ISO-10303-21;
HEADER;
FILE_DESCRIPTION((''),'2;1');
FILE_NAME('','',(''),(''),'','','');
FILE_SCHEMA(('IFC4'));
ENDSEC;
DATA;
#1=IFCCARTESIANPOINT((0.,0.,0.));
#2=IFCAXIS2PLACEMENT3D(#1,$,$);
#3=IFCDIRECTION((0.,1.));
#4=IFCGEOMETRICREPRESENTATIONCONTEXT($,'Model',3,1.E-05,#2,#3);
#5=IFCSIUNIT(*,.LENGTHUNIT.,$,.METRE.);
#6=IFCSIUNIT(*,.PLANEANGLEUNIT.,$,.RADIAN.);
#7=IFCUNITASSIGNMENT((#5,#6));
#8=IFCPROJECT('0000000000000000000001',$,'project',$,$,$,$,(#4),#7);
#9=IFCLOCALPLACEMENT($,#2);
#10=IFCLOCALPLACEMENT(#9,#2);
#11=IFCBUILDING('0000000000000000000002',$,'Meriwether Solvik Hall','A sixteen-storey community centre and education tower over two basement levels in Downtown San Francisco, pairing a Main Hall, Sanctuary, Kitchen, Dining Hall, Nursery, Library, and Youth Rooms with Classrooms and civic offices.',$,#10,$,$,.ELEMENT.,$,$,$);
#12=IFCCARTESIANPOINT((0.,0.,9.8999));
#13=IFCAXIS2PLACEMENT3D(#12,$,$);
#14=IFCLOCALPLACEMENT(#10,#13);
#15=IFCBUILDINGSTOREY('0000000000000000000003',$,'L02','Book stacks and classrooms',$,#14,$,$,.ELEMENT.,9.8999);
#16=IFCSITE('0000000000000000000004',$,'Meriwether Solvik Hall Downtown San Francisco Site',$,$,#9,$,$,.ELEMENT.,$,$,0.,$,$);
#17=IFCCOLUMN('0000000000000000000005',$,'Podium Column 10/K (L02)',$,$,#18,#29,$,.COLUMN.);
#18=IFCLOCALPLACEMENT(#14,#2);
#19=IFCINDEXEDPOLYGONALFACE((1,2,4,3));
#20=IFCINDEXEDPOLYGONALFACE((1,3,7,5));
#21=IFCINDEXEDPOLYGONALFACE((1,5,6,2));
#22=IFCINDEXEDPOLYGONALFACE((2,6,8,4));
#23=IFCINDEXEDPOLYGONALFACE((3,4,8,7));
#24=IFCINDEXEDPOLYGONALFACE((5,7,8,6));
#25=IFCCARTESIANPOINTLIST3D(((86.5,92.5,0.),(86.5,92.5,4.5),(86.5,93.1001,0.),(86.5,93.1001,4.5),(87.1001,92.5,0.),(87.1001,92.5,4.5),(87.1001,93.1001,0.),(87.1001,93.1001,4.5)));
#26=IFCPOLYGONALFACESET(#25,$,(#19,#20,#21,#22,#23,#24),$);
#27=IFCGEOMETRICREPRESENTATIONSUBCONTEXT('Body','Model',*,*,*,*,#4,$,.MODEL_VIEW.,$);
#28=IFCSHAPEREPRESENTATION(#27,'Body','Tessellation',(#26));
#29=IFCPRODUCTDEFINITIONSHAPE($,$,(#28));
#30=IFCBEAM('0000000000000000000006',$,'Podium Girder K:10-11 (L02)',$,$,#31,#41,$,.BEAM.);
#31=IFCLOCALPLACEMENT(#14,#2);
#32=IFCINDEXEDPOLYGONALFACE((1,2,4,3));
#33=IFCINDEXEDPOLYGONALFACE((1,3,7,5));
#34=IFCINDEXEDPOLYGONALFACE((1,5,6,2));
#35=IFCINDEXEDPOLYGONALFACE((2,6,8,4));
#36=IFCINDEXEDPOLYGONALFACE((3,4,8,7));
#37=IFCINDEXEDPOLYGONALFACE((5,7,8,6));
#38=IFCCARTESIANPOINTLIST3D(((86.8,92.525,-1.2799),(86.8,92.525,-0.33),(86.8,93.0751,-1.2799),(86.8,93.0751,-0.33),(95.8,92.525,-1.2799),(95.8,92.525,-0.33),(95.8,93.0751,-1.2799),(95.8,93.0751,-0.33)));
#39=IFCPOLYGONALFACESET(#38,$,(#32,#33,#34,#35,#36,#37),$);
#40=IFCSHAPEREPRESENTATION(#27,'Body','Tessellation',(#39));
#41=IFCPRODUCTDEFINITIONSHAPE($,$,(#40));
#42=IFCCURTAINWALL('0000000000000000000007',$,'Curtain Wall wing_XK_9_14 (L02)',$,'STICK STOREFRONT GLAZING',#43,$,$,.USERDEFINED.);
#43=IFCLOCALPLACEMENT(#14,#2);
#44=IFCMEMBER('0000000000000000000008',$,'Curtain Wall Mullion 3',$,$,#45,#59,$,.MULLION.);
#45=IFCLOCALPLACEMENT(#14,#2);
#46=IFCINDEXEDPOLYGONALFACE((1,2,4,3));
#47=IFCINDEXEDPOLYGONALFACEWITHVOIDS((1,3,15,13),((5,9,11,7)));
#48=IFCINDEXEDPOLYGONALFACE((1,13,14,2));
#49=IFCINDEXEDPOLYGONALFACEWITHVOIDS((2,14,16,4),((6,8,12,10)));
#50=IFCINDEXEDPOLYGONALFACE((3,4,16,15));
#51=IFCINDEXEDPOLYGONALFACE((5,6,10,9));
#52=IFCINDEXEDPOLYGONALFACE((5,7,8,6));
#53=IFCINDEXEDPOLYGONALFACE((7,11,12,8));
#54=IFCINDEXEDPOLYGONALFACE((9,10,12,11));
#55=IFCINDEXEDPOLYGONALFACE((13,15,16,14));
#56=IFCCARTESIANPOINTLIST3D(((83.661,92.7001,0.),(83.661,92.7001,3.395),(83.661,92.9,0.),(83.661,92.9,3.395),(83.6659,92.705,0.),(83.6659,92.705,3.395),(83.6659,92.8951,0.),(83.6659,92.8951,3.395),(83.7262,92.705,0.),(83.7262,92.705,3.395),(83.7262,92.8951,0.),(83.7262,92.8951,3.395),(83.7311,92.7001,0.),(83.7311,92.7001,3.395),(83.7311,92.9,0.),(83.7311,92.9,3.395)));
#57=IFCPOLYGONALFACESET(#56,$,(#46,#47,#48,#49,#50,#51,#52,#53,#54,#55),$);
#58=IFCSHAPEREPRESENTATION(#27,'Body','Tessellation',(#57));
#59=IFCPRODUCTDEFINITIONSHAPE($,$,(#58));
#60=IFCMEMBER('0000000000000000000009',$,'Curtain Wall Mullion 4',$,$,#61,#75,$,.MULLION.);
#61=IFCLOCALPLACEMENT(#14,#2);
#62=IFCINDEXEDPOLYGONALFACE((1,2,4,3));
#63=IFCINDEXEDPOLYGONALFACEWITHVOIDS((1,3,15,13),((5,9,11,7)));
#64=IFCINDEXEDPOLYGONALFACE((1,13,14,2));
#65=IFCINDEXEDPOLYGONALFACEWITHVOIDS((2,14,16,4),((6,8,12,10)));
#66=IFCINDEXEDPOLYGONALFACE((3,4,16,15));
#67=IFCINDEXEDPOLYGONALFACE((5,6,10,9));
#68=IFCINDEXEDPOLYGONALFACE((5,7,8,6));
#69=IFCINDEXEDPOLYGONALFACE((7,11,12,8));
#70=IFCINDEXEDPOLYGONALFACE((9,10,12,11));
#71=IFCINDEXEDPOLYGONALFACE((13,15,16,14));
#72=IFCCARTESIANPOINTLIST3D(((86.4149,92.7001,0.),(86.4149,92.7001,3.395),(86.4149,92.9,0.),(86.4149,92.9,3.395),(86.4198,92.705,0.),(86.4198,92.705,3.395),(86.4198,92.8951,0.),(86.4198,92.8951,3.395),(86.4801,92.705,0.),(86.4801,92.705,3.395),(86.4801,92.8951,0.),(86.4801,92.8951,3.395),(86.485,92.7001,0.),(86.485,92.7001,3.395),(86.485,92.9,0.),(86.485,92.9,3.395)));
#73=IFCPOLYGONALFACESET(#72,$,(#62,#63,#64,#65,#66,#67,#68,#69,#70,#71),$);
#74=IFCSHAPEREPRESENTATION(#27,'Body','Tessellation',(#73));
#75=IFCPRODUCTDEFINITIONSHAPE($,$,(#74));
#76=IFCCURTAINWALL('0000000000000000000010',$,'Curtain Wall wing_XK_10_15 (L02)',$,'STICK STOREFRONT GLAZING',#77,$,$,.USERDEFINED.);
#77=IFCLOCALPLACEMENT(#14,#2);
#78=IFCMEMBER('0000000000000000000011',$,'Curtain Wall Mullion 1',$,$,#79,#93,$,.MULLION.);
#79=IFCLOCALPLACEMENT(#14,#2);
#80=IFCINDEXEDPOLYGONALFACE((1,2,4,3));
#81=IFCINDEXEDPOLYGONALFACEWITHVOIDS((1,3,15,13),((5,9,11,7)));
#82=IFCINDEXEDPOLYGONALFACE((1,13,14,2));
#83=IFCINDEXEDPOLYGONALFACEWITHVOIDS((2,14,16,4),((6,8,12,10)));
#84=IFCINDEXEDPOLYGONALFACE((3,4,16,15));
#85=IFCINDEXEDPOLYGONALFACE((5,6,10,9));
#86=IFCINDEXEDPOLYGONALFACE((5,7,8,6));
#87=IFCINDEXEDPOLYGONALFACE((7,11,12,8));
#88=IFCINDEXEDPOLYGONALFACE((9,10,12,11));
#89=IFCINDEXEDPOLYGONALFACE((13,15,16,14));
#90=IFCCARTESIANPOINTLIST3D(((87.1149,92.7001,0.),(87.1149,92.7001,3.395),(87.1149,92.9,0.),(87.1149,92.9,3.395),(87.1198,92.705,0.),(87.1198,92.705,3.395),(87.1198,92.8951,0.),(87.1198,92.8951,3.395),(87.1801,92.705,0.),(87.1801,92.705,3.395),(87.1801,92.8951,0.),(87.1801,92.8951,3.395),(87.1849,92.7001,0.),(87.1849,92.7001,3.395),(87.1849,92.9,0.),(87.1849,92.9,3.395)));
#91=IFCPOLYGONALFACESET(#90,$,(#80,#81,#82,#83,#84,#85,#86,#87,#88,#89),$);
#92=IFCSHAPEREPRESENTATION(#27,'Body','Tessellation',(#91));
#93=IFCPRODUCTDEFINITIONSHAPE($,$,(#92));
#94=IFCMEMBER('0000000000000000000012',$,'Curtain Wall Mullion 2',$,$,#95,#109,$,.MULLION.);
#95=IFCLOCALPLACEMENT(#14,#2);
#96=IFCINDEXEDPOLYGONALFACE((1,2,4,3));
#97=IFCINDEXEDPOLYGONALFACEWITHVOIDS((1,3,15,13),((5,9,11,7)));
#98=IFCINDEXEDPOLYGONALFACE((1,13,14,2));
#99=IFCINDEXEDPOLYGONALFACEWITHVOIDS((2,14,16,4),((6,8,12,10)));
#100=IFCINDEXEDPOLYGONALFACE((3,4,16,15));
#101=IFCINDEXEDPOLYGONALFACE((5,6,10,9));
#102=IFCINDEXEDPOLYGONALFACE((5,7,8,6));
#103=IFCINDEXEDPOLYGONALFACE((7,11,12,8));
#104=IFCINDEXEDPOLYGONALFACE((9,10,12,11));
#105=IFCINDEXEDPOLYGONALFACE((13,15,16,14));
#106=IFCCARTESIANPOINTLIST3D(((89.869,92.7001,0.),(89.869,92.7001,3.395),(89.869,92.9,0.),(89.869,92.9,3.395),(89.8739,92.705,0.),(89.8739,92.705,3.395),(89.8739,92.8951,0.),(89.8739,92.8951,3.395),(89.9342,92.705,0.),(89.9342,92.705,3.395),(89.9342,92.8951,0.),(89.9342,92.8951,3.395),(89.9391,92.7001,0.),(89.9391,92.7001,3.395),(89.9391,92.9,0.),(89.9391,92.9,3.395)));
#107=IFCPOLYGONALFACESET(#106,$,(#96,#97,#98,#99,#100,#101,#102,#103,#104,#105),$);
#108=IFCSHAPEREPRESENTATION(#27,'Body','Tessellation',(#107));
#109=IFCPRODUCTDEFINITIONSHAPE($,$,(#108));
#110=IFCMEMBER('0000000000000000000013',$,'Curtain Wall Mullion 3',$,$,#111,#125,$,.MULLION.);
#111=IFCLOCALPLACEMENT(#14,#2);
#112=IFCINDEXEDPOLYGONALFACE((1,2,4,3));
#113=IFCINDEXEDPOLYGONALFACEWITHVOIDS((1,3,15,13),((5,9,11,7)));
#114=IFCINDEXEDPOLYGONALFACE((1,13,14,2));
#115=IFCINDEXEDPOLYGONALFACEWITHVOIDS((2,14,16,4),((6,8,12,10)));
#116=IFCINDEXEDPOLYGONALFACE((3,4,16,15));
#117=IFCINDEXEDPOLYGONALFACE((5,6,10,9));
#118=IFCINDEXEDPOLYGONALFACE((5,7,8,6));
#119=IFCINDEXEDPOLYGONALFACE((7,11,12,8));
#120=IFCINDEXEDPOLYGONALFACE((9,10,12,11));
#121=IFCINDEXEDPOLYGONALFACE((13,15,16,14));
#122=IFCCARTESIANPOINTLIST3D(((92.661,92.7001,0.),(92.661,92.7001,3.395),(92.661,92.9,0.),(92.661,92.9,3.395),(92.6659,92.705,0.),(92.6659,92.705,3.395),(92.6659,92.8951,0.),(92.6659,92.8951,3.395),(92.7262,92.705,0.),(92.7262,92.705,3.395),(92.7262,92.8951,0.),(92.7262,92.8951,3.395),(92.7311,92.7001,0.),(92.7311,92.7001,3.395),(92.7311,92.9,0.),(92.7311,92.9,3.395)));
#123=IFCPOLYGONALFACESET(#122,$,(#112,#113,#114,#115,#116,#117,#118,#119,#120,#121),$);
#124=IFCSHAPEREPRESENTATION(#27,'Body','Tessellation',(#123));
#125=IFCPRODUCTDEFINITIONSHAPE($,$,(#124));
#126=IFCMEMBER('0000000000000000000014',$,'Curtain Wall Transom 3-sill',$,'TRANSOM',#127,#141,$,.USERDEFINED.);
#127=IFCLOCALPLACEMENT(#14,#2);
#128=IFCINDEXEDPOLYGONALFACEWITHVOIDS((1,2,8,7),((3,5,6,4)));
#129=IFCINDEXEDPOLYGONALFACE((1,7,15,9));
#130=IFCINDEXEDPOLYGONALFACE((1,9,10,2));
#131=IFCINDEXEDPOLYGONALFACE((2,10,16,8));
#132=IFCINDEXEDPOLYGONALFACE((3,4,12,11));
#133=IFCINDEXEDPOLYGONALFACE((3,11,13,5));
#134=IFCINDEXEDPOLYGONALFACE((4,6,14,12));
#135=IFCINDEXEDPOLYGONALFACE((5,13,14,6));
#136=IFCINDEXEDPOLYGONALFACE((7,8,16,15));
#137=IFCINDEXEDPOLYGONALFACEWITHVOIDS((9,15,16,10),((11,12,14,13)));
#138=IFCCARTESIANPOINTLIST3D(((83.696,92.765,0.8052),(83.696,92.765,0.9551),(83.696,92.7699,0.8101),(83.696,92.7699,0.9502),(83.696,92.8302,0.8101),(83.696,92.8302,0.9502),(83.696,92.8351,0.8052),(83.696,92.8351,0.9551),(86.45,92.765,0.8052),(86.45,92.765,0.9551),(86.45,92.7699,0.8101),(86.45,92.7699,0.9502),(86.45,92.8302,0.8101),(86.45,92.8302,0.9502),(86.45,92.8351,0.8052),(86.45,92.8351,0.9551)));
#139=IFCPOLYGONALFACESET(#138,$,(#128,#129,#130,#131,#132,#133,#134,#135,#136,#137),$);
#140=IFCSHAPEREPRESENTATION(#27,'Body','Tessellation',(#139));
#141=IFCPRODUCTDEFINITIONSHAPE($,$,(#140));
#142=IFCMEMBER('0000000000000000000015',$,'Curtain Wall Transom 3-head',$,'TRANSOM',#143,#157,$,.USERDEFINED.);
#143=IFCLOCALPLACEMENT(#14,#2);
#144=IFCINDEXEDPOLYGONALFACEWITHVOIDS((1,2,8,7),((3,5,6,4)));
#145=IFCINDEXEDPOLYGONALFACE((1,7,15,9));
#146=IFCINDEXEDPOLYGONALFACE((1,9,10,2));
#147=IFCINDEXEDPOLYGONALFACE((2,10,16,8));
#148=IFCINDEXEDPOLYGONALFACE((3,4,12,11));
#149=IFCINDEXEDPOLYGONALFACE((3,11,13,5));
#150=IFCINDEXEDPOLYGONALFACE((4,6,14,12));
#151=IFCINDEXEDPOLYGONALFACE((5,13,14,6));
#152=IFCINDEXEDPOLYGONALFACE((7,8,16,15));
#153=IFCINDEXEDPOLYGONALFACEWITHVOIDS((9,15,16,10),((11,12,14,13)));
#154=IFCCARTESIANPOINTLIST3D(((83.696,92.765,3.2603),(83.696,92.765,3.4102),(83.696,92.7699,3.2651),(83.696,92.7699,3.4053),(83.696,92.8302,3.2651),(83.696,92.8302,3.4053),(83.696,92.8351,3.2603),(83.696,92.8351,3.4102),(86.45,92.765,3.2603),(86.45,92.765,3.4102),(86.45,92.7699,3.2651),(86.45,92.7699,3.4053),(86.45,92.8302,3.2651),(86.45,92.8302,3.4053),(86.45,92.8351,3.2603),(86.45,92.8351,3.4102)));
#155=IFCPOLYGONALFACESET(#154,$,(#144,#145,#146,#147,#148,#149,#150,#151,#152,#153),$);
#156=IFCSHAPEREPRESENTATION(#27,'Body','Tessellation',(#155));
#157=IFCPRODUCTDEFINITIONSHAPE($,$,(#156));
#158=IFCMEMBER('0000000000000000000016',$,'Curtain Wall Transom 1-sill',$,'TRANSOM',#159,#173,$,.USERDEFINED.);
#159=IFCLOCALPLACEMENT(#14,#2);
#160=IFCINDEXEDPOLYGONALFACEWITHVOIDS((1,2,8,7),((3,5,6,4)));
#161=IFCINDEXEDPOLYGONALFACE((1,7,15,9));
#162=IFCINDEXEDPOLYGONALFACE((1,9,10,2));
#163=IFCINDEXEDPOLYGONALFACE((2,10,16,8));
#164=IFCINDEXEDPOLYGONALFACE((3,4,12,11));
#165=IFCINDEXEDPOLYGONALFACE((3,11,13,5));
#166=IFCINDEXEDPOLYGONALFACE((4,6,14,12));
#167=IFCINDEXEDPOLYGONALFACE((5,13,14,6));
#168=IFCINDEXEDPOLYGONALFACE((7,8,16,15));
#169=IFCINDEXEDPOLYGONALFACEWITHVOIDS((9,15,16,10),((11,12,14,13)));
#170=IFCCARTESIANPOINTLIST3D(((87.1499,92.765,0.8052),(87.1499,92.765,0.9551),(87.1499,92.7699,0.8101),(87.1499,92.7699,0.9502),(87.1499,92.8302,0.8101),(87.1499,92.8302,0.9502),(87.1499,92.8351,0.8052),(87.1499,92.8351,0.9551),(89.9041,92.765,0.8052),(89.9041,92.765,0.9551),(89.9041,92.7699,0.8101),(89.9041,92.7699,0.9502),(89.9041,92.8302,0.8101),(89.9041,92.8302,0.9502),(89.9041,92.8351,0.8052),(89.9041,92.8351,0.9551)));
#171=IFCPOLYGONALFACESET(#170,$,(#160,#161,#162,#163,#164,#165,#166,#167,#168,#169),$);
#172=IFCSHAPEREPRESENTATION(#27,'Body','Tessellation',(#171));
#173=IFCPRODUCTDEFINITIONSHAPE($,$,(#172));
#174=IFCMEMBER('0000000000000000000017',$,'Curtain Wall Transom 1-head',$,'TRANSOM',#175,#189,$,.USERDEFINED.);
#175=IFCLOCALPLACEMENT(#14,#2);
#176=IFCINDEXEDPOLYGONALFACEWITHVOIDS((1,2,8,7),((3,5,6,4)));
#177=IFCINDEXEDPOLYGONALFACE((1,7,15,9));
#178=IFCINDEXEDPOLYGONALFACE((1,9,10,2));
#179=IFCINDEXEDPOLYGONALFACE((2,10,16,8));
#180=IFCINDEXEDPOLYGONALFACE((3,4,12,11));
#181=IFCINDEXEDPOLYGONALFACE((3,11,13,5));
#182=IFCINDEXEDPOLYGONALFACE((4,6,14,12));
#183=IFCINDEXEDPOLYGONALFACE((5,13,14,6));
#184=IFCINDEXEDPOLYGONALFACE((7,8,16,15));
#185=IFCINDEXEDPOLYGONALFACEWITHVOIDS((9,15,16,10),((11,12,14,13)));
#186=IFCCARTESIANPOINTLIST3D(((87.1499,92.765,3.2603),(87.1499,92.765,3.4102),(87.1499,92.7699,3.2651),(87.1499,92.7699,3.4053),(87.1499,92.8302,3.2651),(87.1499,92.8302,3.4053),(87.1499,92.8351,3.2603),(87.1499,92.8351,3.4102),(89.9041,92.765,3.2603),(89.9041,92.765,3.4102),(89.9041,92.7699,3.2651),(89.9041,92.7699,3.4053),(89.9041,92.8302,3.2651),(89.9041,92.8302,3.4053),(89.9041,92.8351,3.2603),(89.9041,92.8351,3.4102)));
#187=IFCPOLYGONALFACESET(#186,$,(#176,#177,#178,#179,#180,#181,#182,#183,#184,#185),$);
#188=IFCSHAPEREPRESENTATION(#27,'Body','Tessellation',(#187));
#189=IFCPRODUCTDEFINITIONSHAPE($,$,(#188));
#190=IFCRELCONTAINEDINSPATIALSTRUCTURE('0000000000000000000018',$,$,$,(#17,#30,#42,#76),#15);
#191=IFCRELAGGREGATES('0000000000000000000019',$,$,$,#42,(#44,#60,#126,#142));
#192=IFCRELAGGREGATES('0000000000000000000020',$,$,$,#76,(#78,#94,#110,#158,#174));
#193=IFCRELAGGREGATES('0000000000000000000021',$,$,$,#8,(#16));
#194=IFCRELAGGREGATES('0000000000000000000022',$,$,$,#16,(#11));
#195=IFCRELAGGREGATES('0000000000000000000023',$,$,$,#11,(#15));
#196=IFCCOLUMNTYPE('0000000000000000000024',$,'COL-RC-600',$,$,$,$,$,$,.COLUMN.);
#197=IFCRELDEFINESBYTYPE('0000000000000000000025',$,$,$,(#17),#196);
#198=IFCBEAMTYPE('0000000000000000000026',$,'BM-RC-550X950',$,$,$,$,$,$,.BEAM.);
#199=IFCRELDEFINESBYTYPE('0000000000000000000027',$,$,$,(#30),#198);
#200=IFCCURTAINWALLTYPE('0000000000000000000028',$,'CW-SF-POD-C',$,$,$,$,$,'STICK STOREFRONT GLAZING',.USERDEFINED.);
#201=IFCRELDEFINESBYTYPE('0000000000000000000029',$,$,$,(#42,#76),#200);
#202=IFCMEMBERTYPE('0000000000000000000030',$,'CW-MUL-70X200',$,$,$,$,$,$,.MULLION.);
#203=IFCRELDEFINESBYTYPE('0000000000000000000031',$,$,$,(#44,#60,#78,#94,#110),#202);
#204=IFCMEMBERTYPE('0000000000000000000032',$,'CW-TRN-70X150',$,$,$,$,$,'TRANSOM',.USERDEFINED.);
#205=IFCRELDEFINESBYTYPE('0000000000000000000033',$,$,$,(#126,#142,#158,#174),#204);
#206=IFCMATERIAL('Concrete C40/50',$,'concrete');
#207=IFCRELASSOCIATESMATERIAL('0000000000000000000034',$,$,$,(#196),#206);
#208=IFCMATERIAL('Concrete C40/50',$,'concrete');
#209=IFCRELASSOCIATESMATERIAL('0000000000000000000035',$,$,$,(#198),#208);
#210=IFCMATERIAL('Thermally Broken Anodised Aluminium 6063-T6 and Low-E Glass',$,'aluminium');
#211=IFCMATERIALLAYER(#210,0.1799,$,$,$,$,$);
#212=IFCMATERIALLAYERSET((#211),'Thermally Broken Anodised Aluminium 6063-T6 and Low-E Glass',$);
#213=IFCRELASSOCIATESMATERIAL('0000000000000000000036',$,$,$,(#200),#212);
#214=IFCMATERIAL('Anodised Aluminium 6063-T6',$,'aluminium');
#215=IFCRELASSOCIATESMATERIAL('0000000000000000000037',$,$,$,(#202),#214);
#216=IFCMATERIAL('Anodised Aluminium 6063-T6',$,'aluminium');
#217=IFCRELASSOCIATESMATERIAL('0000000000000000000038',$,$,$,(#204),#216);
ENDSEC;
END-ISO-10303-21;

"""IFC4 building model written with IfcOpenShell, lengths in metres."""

from ifc_helpers import new_model, si_unit, direction, frame, origin, origin_2d, place, context, subcontext, project, spatial, rectangle, hollow_rectangle, extrude, material, layer, layer_set, material_profile, profile_set, type_object, element, aggregate, save


model = new_model("IFC4")

# Units and contexts
model_context = context("Model", 3, precision=1e-05, world=origin(), true_north=direction((0.0, 1.0)))
body_context = subcontext(model_context, "Body", "Model", "MODEL_VIEW")
ifc_project = project(units=[si_unit("LENGTHUNIT", "METRE"), si_unit("PLANEANGLEUNIT", "RADIAN")], contexts=[model_context])

# Site, building, storey
site_placement = place(None, origin())
site = spatial("IfcSite", under=ifc_project, at=site_placement, Name="Meriwether Solvik Hall Downtown San Francisco Site", CompositionType="ELEMENT", RefElevation=0.0)
building_placement = place(site_placement, origin())
building = spatial("IfcBuilding", under=site, at=building_placement, Name="Meriwether Solvik Hall", Description="A sixteen-storey community centre and education tower over two basement levels in Downtown San Francisco, pairing a Main Hall, Sanctuary, Kitchen, Dining Hall, Nursery, Library, and Youth Rooms with Classrooms and civic offices.", CompositionType="ELEMENT")
storey_placement = place(building_placement, frame((0.0, 0.0, 9.8999)))
storey = spatial("IfcBuildingStorey", under=building, at=storey_placement, Name="L02", Description="Book stacks and classrooms", CompositionType="ELEMENT", Elevation=9.8999)

# Column
ifc_material_1 = material(Name="Concrete C40/50", Category="concrete")
ifc_material_profile_1 = material_profile(ifc_material_1, rectangle(XDim=0.6001, YDim=0.6001, at=origin_2d()), Name="RCC-600X600")
ifc_profile_set_1 = profile_set([ifc_material_profile_1], Name="Concrete C40/50")
column_type = type_object("IfcColumnType", Name="COL-RC-600", PredefinedType="COLUMN", material=ifc_profile_set_1)
column_placement = place(storey_placement, frame((86.8, 92.8, 0.0), z_axis=(0.0, 0.0, 1.0), x_axis=(1.0, 0.0, 0.0)))
element("IfcColumn", 1, at=column_placement, inside=storey, type_object=column_type, Name="Podium Column 10/K (L02)", PredefinedType="COLUMN", context=body_context, shape_type="SweptSolid", body=[
    extrude(rectangle(XDim=0.6001, YDim=0.6001, at=origin_2d()), origin(), (0.0, 0.0, 1.0), 4.5),
])

# Beam
ifc_material_2 = material(Name="Concrete C40/50", Category="concrete")
ifc_material_profile_2 = material_profile(ifc_material_2, rectangle(XDim=0.55, YDim=0.95, at=origin_2d()), Name="RCB-550X950")
ifc_profile_set_2 = profile_set([ifc_material_profile_2], Name="Concrete C40/50")
beam_type = type_object("IfcBeamType", Name="BM-RC-550X950", PredefinedType="BEAM", material=ifc_profile_set_2)
beam_placement = place(storey_placement, frame((86.8, 92.8, -0.8049), z_axis=(1.0, 0.0, 0.0), x_axis=(0.0, 1.0, 0.0)))
element("IfcBeam", 2, at=beam_placement, inside=storey, type_object=beam_type, Name="Podium Girder K:10-11 (L02)", PredefinedType="BEAM", context=body_context, shape_type="SweptSolid", body=[
    extrude(rectangle(XDim=0.55, YDim=0.95, at=origin_2d()), origin(), (0.0, 0.0, 1.0), 9.0),
])

# Curtain walls, members
ifc_material_3 = material(Name="Thermally Broken Anodised Aluminium 6063-T6 and Low-E Glass", Category="aluminium")
ifc_layer_1 = layer(ifc_material_3, 0.1799)
ifc_layer_set_1 = layer_set([ifc_layer_1], Name="Thermally Broken Anodised Aluminium 6063-T6 and Low-E Glass")
curtain_wall_type = type_object("IfcCurtainWallType", Name="CW-SF-POD-C", ElementType="STICK STOREFRONT GLAZING", PredefinedType="USERDEFINED", material=ifc_layer_set_1)
curtain_wall_1_placement = place(storey_placement, origin())
curtain_wall_1 = element("IfcCurtainWall", 3, at=curtain_wall_1_placement, inside=storey, type_object=curtain_wall_type, Name="Curtain Wall wing_XK_9_14 (L02)", ObjectType="STICK STOREFRONT GLAZING", PredefinedType="USERDEFINED")
ifc_material_4 = material(Name="Anodised Aluminium 6063-T6", Category="aluminium")
ifc_material_profile_3 = material_profile(ifc_material_4, hollow_rectangle(XDim=0.0701, YDim=0.2, WallThickness=0.0049, at=origin_2d()), Name="CWM-70X200")
ifc_profile_set_3 = profile_set([ifc_material_profile_3], Name="Anodised Aluminium 6063-T6")
member_type_1 = type_object("IfcMemberType", Name="CW-MUL-70X200", PredefinedType="MULLION", material=ifc_profile_set_3)
member_1_placement = place(storey_placement, frame((83.696, 92.8, 0.0), z_axis=(0.0, 0.0, 1.0), x_axis=(1.0, 0.0, 0.0)))
member_1 = element("IfcMember", 4, at=member_1_placement, type_object=member_type_1, Name="Curtain Wall Mullion 3", PredefinedType="MULLION", context=body_context, shape_type="SweptSolid", body=[
    extrude(hollow_rectangle(XDim=0.0701, YDim=0.2, WallThickness=0.0049, at=origin_2d()), origin(), (0.0, 0.0, 1.0), 3.395),
])
member_2_placement = place(storey_placement, frame((86.45, 92.8, 0.0), z_axis=(0.0, 0.0, 1.0), x_axis=(1.0, 0.0, 0.0)))
member_2 = element("IfcMember", 5, at=member_2_placement, type_object=member_type_1, Name="Curtain Wall Mullion 4", PredefinedType="MULLION", context=body_context, shape_type="SweptSolid", body=[
    extrude(hollow_rectangle(XDim=0.0701, YDim=0.2, WallThickness=0.0049, at=origin_2d()), origin(), (0.0, 0.0, 1.0), 3.395),
])
curtain_wall_2_placement = place(storey_placement, origin())
curtain_wall_2 = element("IfcCurtainWall", 6, at=curtain_wall_2_placement, inside=storey, type_object=curtain_wall_type, Name="Curtain Wall wing_XK_10_15 (L02)", ObjectType="STICK STOREFRONT GLAZING", PredefinedType="USERDEFINED")
member_3_placement = place(storey_placement, frame((87.1499, 92.8, 0.0), z_axis=(0.0, 0.0, 1.0), x_axis=(1.0, 0.0, 0.0)))
member_3 = element("IfcMember", 7, at=member_3_placement, type_object=member_type_1, Name="Curtain Wall Mullion 1", PredefinedType="MULLION", context=body_context, shape_type="SweptSolid", body=[
    extrude(hollow_rectangle(XDim=0.0701, YDim=0.2, WallThickness=0.0049, at=origin_2d()), origin(), (0.0, 0.0, 1.0), 3.395),
])
member_4_placement = place(storey_placement, frame((89.9041, 92.8, 0.0), z_axis=(0.0, 0.0, 1.0), x_axis=(1.0, 0.0, 0.0)))
member_4 = element("IfcMember", 8, at=member_4_placement, type_object=member_type_1, Name="Curtain Wall Mullion 2", PredefinedType="MULLION", context=body_context, shape_type="SweptSolid", body=[
    extrude(hollow_rectangle(XDim=0.0701, YDim=0.2, WallThickness=0.0049, at=origin_2d()), origin(), (0.0, 0.0, 1.0), 3.395),
])
member_5_placement = place(storey_placement, frame((92.696, 92.8, 0.0), z_axis=(0.0, 0.0, 1.0), x_axis=(1.0, 0.0, 0.0)))
member_5 = element("IfcMember", 9, at=member_5_placement, type_object=member_type_1, Name="Curtain Wall Mullion 3", PredefinedType="MULLION", context=body_context, shape_type="SweptSolid", body=[
    extrude(hollow_rectangle(XDim=0.0701, YDim=0.2, WallThickness=0.0049, at=origin_2d()), origin(), (0.0, 0.0, 1.0), 3.395),
])

# Members
ifc_material_5 = material(Name="Anodised Aluminium 6063-T6", Category="aluminium")
ifc_material_profile_4 = material_profile(ifc_material_5, hollow_rectangle(XDim=0.0701, YDim=0.1499, WallThickness=0.0049, at=origin_2d()), Name="CWT-70X150")
ifc_profile_set_4 = profile_set([ifc_material_profile_4], Name="Anodised Aluminium 6063-T6")
member_type_2 = type_object("IfcMemberType", Name="CW-TRN-70X150", ElementType="TRANSOM", PredefinedType="USERDEFINED", material=ifc_profile_set_4)
member_6_placement = place(storey_placement, frame((83.696, 92.8, 0.8801), z_axis=(1.0, 0.0, 0.0), x_axis=(0.0, 1.0, 0.0)))
member_6 = element("IfcMember", 10, at=member_6_placement, type_object=member_type_2, Name="Curtain Wall Transom 3-sill", ObjectType="TRANSOM", PredefinedType="USERDEFINED", context=body_context, shape_type="SweptSolid", body=[
    extrude(hollow_rectangle(XDim=0.0701, YDim=0.1499, WallThickness=0.0049, at=origin_2d()), origin(), (0.0, 0.0, 1.0), 2.7539),
])
member_7_placement = place(storey_placement, frame((83.696, 92.8, 3.3352), z_axis=(1.0, 0.0, 0.0), x_axis=(0.0, 1.0, 0.0)))
member_7 = element("IfcMember", 11, at=member_7_placement, type_object=member_type_2, Name="Curtain Wall Transom 3-head", ObjectType="TRANSOM", PredefinedType="USERDEFINED", context=body_context, shape_type="SweptSolid", body=[
    extrude(hollow_rectangle(XDim=0.0701, YDim=0.1499, WallThickness=0.0049, at=origin_2d()), origin(), (0.0, 0.0, 1.0), 2.7539),
])
member_8_placement = place(storey_placement, frame((87.1499, 92.8, 0.8801), z_axis=(1.0, 0.0, 0.0), x_axis=(0.0, 1.0, 0.0)))
member_8 = element("IfcMember", 12, at=member_8_placement, type_object=member_type_2, Name="Curtain Wall Transom 1-sill", ObjectType="TRANSOM", PredefinedType="USERDEFINED", context=body_context, shape_type="SweptSolid", body=[
    extrude(hollow_rectangle(XDim=0.0701, YDim=0.1499, WallThickness=0.0049, at=origin_2d()), origin(), (0.0, 0.0, 1.0), 2.7542),
])
member_9_placement = place(storey_placement, frame((87.1499, 92.8, 3.3352), z_axis=(1.0, 0.0, 0.0), x_axis=(0.0, 1.0, 0.0)))
member_9 = element("IfcMember", 13, at=member_9_placement, type_object=member_type_2, Name="Curtain Wall Transom 1-head", ObjectType="TRANSOM", PredefinedType="USERDEFINED", context=body_context, shape_type="SweptSolid", body=[
    extrude(hollow_rectangle(XDim=0.0701, YDim=0.1499, WallThickness=0.0049, at=origin_2d()), origin(), (0.0, 0.0, 1.0), 2.7542),
])

aggregate(curtain_wall_1, [member_1, member_2, member_6, member_7])
aggregate(curtain_wall_2, [member_3, member_4, member_5, member_8, member_9])

save(model, "model.ifc")
